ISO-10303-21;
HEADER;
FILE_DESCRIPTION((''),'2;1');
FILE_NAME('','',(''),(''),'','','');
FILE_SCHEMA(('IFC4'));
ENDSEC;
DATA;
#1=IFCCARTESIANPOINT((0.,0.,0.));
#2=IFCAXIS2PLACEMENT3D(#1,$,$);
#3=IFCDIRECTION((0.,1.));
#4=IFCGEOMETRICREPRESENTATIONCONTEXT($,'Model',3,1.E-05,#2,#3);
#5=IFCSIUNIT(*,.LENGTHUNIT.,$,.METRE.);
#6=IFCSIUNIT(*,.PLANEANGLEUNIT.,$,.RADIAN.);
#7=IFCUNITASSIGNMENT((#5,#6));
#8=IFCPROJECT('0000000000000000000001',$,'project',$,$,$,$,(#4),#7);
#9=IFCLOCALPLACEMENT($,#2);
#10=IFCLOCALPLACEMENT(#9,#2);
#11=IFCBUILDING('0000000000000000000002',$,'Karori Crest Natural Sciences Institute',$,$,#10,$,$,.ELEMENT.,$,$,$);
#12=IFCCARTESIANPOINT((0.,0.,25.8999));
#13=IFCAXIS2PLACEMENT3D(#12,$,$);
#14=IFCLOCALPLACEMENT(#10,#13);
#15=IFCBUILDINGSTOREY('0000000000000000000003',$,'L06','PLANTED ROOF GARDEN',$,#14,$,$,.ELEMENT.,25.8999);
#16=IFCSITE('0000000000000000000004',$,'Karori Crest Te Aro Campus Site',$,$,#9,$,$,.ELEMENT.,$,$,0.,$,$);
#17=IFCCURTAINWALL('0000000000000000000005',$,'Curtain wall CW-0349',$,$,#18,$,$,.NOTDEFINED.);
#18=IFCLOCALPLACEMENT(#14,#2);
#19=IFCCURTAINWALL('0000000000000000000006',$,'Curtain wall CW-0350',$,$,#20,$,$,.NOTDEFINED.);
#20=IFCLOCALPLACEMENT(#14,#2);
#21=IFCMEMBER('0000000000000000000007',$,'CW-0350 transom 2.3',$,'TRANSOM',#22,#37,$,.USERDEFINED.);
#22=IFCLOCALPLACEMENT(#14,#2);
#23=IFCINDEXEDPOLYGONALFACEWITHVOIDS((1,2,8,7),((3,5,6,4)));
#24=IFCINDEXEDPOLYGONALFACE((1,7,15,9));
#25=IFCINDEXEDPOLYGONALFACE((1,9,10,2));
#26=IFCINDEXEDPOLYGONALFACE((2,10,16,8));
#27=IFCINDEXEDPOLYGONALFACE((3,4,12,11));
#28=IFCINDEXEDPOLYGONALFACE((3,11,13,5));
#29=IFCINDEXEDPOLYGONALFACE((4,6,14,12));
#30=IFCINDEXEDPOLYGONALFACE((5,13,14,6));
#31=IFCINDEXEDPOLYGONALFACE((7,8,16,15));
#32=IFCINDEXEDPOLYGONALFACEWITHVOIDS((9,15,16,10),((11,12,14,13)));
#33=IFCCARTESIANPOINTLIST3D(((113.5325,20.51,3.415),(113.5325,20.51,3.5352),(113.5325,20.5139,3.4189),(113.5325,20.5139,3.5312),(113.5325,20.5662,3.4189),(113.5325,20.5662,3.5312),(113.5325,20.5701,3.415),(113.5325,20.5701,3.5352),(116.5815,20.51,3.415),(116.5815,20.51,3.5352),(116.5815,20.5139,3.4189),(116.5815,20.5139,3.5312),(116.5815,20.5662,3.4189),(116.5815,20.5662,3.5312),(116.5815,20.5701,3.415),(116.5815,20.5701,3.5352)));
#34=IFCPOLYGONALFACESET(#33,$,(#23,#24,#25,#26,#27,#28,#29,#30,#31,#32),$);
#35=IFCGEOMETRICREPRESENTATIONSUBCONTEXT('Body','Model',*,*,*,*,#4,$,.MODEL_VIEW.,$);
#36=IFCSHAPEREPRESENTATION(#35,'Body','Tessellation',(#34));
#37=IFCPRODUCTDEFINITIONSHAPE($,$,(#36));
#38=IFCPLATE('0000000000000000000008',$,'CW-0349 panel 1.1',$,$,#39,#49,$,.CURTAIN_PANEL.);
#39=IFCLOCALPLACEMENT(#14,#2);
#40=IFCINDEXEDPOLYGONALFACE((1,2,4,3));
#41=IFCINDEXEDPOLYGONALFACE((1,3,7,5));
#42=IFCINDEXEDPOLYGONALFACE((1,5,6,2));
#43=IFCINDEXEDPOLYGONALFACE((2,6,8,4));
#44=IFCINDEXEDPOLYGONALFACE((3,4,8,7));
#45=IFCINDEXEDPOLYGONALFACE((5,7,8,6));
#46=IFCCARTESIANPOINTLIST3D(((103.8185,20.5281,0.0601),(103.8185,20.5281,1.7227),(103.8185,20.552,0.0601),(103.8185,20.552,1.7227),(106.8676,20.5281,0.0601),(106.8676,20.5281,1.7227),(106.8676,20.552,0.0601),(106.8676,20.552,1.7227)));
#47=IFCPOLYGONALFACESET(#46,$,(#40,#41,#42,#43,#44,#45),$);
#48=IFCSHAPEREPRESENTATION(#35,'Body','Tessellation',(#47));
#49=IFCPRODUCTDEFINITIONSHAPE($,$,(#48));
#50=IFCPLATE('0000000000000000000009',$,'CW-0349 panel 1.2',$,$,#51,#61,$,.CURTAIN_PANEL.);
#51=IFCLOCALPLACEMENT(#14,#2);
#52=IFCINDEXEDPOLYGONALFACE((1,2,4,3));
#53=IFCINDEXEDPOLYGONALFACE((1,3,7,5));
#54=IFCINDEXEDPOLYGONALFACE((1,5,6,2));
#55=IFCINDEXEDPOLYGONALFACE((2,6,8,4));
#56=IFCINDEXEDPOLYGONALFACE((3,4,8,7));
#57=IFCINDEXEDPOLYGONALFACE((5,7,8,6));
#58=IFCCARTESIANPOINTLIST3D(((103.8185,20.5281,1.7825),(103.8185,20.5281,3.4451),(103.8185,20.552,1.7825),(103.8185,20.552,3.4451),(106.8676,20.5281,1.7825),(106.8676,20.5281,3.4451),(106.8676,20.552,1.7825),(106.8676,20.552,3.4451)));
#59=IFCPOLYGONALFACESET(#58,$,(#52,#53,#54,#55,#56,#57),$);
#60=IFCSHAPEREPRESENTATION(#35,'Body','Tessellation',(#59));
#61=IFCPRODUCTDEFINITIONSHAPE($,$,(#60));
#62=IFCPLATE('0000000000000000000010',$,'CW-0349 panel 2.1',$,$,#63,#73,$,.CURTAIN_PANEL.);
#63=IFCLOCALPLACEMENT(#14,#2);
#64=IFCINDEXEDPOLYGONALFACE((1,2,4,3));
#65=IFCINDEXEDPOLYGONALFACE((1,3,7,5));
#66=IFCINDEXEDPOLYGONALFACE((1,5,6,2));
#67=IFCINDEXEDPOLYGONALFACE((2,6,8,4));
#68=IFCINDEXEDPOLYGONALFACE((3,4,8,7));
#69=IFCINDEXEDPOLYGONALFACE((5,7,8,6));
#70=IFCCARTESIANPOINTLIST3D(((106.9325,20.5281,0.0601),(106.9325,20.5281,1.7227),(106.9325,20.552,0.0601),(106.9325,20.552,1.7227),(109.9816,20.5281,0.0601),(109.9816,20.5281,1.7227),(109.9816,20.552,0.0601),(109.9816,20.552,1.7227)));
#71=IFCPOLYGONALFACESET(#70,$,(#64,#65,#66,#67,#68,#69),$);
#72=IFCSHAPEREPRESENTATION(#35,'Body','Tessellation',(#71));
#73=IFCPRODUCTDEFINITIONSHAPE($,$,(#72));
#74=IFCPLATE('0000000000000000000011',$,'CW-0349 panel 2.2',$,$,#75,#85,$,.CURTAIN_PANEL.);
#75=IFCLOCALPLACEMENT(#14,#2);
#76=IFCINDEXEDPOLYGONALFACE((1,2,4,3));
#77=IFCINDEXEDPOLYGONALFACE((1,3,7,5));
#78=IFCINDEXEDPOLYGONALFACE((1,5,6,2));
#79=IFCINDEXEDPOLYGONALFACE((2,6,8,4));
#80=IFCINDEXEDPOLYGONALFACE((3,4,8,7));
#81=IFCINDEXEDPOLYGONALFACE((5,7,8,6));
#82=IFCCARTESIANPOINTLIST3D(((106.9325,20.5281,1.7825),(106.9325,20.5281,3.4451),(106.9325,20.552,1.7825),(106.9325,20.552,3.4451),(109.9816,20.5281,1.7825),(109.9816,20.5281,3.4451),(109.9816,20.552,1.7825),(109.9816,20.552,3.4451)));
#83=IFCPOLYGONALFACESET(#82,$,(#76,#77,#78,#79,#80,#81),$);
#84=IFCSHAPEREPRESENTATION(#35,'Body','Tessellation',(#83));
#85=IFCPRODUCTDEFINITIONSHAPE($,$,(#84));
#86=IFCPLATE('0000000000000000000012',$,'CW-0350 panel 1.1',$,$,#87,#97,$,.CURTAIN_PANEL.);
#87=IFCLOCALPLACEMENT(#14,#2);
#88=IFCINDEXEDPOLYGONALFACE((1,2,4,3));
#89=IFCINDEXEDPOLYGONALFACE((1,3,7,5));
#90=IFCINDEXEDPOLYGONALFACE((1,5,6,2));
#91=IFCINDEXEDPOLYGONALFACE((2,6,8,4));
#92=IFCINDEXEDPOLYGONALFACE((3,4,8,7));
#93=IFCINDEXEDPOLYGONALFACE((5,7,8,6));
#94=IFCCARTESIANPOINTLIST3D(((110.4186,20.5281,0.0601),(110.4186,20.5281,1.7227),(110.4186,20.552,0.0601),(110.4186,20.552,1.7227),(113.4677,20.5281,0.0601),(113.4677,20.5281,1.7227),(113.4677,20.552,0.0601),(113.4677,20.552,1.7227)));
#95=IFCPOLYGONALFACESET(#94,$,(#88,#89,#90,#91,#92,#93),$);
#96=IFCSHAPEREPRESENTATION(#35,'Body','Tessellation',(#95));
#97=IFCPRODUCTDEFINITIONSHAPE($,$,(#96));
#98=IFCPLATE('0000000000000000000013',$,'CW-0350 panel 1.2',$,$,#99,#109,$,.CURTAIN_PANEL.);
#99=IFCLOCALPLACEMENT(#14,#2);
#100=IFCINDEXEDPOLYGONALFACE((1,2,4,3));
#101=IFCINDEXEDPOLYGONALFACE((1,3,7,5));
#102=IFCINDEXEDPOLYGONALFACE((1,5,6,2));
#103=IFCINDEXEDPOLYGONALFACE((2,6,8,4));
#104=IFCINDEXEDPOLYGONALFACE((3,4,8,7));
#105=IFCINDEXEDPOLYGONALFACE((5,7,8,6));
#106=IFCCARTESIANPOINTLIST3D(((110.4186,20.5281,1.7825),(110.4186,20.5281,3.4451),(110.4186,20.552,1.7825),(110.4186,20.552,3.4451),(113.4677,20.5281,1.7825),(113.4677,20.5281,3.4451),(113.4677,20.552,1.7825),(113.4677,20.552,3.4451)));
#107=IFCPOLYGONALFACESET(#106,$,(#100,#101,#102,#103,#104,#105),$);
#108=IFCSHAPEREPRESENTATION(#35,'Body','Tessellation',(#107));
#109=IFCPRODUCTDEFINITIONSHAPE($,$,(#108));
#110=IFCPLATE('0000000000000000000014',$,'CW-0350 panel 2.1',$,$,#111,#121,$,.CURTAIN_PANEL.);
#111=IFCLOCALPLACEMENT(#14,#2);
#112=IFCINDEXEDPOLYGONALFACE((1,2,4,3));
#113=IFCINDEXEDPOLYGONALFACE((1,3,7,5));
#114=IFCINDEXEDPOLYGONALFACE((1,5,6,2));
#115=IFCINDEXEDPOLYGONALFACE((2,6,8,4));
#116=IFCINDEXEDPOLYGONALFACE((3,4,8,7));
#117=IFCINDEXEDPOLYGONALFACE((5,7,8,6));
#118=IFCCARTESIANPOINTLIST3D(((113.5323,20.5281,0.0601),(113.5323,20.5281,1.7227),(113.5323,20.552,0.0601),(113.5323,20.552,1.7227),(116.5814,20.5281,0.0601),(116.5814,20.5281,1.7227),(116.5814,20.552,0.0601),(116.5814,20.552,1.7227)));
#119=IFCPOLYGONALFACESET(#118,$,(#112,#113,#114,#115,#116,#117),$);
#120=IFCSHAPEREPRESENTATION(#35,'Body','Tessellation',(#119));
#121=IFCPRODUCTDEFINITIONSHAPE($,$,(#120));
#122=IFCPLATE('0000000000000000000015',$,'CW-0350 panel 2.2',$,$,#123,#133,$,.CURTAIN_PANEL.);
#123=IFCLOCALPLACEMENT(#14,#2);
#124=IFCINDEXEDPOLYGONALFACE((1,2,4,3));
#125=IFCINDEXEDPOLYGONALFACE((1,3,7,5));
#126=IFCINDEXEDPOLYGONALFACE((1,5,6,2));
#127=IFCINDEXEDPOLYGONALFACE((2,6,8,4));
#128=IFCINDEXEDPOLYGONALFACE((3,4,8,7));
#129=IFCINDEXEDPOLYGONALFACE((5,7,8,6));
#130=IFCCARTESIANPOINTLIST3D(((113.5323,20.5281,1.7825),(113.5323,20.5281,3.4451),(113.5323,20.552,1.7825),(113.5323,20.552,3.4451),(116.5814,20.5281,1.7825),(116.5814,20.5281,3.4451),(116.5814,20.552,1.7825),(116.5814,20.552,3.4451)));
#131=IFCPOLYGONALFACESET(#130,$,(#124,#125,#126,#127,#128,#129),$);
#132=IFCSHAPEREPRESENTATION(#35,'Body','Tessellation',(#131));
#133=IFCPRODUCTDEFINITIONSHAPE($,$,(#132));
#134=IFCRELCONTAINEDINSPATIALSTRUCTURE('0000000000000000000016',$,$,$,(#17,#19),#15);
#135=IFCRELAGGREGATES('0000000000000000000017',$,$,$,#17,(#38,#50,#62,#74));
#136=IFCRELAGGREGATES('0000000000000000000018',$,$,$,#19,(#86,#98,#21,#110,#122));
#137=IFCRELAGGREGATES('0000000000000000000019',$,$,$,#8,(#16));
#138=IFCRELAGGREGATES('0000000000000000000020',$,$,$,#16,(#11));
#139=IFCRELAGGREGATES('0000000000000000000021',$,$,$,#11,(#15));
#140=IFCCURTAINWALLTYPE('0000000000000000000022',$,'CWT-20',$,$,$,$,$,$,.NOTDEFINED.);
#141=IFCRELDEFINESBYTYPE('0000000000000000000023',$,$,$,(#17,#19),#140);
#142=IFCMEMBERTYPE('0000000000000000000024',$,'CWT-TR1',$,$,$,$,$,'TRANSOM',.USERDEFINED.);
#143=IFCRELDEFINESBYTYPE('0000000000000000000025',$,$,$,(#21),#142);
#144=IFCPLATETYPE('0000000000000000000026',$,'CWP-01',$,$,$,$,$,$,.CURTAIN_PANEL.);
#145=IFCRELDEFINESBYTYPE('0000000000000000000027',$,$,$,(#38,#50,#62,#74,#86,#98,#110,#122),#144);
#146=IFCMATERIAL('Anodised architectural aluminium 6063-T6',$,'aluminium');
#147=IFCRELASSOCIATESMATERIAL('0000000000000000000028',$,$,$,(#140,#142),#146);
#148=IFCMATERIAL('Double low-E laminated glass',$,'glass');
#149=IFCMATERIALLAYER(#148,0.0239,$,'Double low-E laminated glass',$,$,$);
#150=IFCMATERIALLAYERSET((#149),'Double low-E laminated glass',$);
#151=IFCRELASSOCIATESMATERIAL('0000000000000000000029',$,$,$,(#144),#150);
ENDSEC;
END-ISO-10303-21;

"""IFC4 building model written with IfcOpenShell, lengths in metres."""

from ifc_helpers import new_model, si_unit, direction, frame, origin, origin_2d, place, context, subcontext, project, spatial, rectangle, hollow_rectangle, extrude, material, layer, layer_set, material_profile, profile_set, type_object, element, aggregate, save


model = new_model("IFC4")

# Units and contexts
model_context = context("Model", 3, precision=1e-05, world=origin(), true_north=direction((0.0, 1.0)))
body_context = subcontext(model_context, "Body", "Model", "MODEL_VIEW")
ifc_project = project(units=[si_unit("LENGTHUNIT", "METRE"), si_unit("PLANEANGLEUNIT", "RADIAN")], contexts=[model_context])

# Site, building, storey
site_placement = place(None, origin())
site = spatial("IfcSite", under=ifc_project, at=site_placement, Name="Karori Crest Te Aro Campus Site", CompositionType="ELEMENT", RefElevation=0.0)
building_placement = place(site_placement, origin())
building = spatial("IfcBuilding", under=site, at=building_placement, Name="Karori Crest Natural Sciences Institute", CompositionType="ELEMENT")
storey_placement = place(building_placement, frame((0.0, 0.0, 25.8999)))
storey = spatial("IfcBuildingStorey", under=building, at=storey_placement, Name="L06", Description="PLANTED ROOF GARDEN", CompositionType="ELEMENT", Elevation=25.8999)

# Curtain walls
ifc_material_1 = material(Name="Anodised architectural aluminium 6063-T6", Category="aluminium")
curtain_wall_type = type_object("IfcCurtainWallType", Name="CWT-20", PredefinedType="NOTDEFINED", material=ifc_material_1)
curtain_wall_1_placement = place(storey_placement, origin())
curtain_wall_1 = element("IfcCurtainWall", 1, at=curtain_wall_1_placement, inside=storey, type_object=curtain_wall_type, Name="Curtain wall CW-0349", PredefinedType="NOTDEFINED")
curtain_wall_2_placement = place(storey_placement, origin())
curtain_wall_2 = element("IfcCurtainWall", 2, at=curtain_wall_2_placement, inside=storey, type_object=curtain_wall_type, Name="Curtain wall CW-0350", PredefinedType="NOTDEFINED")

# Member
ifc_material_profile_1 = material_profile(ifc_material_1, hollow_rectangle(XDim=0.0601, YDim=0.1201, WallThickness=0.0039, at=origin_2d()), Name="CWT120x60x4")
ifc_profile_set_1 = profile_set([ifc_material_profile_1], Name="Anodised architectural aluminium 6063-T6")
member_type_1 = type_object("IfcMemberType", Name="CWT-TR1", ElementType="TRANSOM", PredefinedType="USERDEFINED", material=ifc_profile_set_1)
member_1_placement = place(storey_placement, frame((113.5325, 20.54, 3.4751), z_axis=(1.0, 0.0, 0.0), x_axis=(0.0, 1.0, 0.0)))
member_1 = element("IfcMember", 3, at=member_1_placement, type_object=member_type_1, Name="CW-0350 transom 2.3", ObjectType="TRANSOM", PredefinedType="USERDEFINED", context=body_context, shape_type="SweptSolid", body=[
    extrude(hollow_rectangle(XDim=0.0601, YDim=0.1201, WallThickness=0.0039, at=origin_2d()), origin(), (0.0, 0.0, 1.0), 3.0491),
])

# Plates
ifc_material_2 = material(Name="Double low-E laminated glass", Category="glass")
ifc_layer = layer(ifc_material_2, 0.0239, Name="Double low-E laminated glass")
ifc_layer_set = layer_set([ifc_layer], Name="Double low-E laminated glass")
plate_type = type_object("IfcPlateType", Name="CWP-01", PredefinedType="CURTAIN_PANEL", material=ifc_layer_set)
plate_1_placement = place(storey_placement, frame((105.343, 20.54, 0.0601), z_axis=(0.0, 0.0, 1.0), x_axis=(1.0, 0.0, 0.0)))
plate_1 = element("IfcPlate", 4, at=plate_1_placement, type_object=plate_type, Name="CW-0349 panel 1.1", PredefinedType="CURTAIN_PANEL", context=body_context, shape_type="SweptSolid", body=[
    extrude(rectangle(XDim=3.0491, YDim=0.0239, at=origin_2d()), origin(), (0.0, 0.0, 1.0), 1.6626),
])
plate_2_placement = place(storey_placement, frame((105.343, 20.54, 1.7825), z_axis=(0.0, 0.0, 1.0), x_axis=(1.0, 0.0, 0.0)))
plate_2 = element("IfcPlate", 5, at=plate_2_placement, type_object=plate_type, Name="CW-0349 panel 1.2", PredefinedType="CURTAIN_PANEL", context=body_context, shape_type="SweptSolid", body=[
    extrude(rectangle(XDim=3.0491, YDim=0.0239, at=origin_2d()), origin(), (0.0, 0.0, 1.0), 1.6626),
])
plate_3_placement = place(storey_placement, frame((108.457, 20.54, 0.0601), z_axis=(0.0, 0.0, 1.0), x_axis=(1.0, 0.0, 0.0)))
plate_3 = element("IfcPlate", 6, at=plate_3_placement, type_object=plate_type, Name="CW-0349 panel 2.1", PredefinedType="CURTAIN_PANEL", context=body_context, shape_type="SweptSolid", body=[
    extrude(rectangle(XDim=3.0491, YDim=0.0239, at=origin_2d()), origin(), (0.0, 0.0, 1.0), 1.6626),
])
plate_4_placement = place(storey_placement, frame((108.457, 20.54, 1.7825), z_axis=(0.0, 0.0, 1.0), x_axis=(1.0, 0.0, 0.0)))
plate_4 = element("IfcPlate", 7, at=plate_4_placement, type_object=plate_type, Name="CW-0349 panel 2.2", PredefinedType="CURTAIN_PANEL", context=body_context, shape_type="SweptSolid", body=[
    extrude(rectangle(XDim=3.0491, YDim=0.0239, at=origin_2d()), origin(), (0.0, 0.0, 1.0), 1.6626),
])
aggregate(curtain_wall_1, [plate_1, plate_2, plate_3, plate_4])
plate_5_placement = place(storey_placement, frame((111.9431, 20.54, 0.0601), z_axis=(0.0, 0.0, 1.0), x_axis=(1.0, 0.0, 0.0)))
plate_5 = element("IfcPlate", 8, at=plate_5_placement, type_object=plate_type, Name="CW-0350 panel 1.1", PredefinedType="CURTAIN_PANEL", context=body_context, shape_type="SweptSolid", body=[
    extrude(rectangle(XDim=3.0491, YDim=0.0239, at=origin_2d()), origin(), (0.0, 0.0, 1.0), 1.6626),
])
plate_6_placement = place(storey_placement, frame((111.9431, 20.54, 1.7825), z_axis=(0.0, 0.0, 1.0), x_axis=(1.0, 0.0, 0.0)))
plate_6 = element("IfcPlate", 9, at=plate_6_placement, type_object=plate_type, Name="CW-0350 panel 1.2", PredefinedType="CURTAIN_PANEL", context=body_context, shape_type="SweptSolid", body=[
    extrude(rectangle(XDim=3.0491, YDim=0.0239, at=origin_2d()), origin(), (0.0, 0.0, 1.0), 1.6626),
])
plate_7_placement = place(storey_placement, frame((115.0569, 20.54, 0.0601), z_axis=(0.0, 0.0, 1.0), x_axis=(1.0, 0.0, 0.0)))
plate_7 = element("IfcPlate", 10, at=plate_7_placement, type_object=plate_type, Name="CW-0350 panel 2.1", PredefinedType="CURTAIN_PANEL", context=body_context, shape_type="SweptSolid", body=[
    extrude(rectangle(XDim=3.0491, YDim=0.0239, at=origin_2d()), origin(), (0.0, 0.0, 1.0), 1.6626),
])
plate_8_placement = place(storey_placement, frame((115.0569, 20.54, 1.7825), z_axis=(0.0, 0.0, 1.0), x_axis=(1.0, 0.0, 0.0)))
plate_8 = element("IfcPlate", 11, at=plate_8_placement, type_object=plate_type, Name="CW-0350 panel 2.2", PredefinedType="CURTAIN_PANEL", context=body_context, shape_type="SweptSolid", body=[
    extrude(rectangle(XDim=3.0491, YDim=0.0239, at=origin_2d()), origin(), (0.0, 0.0, 1.0), 1.6626),
])
aggregate(curtain_wall_2, [plate_5, plate_6, member_1, plate_7, plate_8])

save(model, "model.ifc")
